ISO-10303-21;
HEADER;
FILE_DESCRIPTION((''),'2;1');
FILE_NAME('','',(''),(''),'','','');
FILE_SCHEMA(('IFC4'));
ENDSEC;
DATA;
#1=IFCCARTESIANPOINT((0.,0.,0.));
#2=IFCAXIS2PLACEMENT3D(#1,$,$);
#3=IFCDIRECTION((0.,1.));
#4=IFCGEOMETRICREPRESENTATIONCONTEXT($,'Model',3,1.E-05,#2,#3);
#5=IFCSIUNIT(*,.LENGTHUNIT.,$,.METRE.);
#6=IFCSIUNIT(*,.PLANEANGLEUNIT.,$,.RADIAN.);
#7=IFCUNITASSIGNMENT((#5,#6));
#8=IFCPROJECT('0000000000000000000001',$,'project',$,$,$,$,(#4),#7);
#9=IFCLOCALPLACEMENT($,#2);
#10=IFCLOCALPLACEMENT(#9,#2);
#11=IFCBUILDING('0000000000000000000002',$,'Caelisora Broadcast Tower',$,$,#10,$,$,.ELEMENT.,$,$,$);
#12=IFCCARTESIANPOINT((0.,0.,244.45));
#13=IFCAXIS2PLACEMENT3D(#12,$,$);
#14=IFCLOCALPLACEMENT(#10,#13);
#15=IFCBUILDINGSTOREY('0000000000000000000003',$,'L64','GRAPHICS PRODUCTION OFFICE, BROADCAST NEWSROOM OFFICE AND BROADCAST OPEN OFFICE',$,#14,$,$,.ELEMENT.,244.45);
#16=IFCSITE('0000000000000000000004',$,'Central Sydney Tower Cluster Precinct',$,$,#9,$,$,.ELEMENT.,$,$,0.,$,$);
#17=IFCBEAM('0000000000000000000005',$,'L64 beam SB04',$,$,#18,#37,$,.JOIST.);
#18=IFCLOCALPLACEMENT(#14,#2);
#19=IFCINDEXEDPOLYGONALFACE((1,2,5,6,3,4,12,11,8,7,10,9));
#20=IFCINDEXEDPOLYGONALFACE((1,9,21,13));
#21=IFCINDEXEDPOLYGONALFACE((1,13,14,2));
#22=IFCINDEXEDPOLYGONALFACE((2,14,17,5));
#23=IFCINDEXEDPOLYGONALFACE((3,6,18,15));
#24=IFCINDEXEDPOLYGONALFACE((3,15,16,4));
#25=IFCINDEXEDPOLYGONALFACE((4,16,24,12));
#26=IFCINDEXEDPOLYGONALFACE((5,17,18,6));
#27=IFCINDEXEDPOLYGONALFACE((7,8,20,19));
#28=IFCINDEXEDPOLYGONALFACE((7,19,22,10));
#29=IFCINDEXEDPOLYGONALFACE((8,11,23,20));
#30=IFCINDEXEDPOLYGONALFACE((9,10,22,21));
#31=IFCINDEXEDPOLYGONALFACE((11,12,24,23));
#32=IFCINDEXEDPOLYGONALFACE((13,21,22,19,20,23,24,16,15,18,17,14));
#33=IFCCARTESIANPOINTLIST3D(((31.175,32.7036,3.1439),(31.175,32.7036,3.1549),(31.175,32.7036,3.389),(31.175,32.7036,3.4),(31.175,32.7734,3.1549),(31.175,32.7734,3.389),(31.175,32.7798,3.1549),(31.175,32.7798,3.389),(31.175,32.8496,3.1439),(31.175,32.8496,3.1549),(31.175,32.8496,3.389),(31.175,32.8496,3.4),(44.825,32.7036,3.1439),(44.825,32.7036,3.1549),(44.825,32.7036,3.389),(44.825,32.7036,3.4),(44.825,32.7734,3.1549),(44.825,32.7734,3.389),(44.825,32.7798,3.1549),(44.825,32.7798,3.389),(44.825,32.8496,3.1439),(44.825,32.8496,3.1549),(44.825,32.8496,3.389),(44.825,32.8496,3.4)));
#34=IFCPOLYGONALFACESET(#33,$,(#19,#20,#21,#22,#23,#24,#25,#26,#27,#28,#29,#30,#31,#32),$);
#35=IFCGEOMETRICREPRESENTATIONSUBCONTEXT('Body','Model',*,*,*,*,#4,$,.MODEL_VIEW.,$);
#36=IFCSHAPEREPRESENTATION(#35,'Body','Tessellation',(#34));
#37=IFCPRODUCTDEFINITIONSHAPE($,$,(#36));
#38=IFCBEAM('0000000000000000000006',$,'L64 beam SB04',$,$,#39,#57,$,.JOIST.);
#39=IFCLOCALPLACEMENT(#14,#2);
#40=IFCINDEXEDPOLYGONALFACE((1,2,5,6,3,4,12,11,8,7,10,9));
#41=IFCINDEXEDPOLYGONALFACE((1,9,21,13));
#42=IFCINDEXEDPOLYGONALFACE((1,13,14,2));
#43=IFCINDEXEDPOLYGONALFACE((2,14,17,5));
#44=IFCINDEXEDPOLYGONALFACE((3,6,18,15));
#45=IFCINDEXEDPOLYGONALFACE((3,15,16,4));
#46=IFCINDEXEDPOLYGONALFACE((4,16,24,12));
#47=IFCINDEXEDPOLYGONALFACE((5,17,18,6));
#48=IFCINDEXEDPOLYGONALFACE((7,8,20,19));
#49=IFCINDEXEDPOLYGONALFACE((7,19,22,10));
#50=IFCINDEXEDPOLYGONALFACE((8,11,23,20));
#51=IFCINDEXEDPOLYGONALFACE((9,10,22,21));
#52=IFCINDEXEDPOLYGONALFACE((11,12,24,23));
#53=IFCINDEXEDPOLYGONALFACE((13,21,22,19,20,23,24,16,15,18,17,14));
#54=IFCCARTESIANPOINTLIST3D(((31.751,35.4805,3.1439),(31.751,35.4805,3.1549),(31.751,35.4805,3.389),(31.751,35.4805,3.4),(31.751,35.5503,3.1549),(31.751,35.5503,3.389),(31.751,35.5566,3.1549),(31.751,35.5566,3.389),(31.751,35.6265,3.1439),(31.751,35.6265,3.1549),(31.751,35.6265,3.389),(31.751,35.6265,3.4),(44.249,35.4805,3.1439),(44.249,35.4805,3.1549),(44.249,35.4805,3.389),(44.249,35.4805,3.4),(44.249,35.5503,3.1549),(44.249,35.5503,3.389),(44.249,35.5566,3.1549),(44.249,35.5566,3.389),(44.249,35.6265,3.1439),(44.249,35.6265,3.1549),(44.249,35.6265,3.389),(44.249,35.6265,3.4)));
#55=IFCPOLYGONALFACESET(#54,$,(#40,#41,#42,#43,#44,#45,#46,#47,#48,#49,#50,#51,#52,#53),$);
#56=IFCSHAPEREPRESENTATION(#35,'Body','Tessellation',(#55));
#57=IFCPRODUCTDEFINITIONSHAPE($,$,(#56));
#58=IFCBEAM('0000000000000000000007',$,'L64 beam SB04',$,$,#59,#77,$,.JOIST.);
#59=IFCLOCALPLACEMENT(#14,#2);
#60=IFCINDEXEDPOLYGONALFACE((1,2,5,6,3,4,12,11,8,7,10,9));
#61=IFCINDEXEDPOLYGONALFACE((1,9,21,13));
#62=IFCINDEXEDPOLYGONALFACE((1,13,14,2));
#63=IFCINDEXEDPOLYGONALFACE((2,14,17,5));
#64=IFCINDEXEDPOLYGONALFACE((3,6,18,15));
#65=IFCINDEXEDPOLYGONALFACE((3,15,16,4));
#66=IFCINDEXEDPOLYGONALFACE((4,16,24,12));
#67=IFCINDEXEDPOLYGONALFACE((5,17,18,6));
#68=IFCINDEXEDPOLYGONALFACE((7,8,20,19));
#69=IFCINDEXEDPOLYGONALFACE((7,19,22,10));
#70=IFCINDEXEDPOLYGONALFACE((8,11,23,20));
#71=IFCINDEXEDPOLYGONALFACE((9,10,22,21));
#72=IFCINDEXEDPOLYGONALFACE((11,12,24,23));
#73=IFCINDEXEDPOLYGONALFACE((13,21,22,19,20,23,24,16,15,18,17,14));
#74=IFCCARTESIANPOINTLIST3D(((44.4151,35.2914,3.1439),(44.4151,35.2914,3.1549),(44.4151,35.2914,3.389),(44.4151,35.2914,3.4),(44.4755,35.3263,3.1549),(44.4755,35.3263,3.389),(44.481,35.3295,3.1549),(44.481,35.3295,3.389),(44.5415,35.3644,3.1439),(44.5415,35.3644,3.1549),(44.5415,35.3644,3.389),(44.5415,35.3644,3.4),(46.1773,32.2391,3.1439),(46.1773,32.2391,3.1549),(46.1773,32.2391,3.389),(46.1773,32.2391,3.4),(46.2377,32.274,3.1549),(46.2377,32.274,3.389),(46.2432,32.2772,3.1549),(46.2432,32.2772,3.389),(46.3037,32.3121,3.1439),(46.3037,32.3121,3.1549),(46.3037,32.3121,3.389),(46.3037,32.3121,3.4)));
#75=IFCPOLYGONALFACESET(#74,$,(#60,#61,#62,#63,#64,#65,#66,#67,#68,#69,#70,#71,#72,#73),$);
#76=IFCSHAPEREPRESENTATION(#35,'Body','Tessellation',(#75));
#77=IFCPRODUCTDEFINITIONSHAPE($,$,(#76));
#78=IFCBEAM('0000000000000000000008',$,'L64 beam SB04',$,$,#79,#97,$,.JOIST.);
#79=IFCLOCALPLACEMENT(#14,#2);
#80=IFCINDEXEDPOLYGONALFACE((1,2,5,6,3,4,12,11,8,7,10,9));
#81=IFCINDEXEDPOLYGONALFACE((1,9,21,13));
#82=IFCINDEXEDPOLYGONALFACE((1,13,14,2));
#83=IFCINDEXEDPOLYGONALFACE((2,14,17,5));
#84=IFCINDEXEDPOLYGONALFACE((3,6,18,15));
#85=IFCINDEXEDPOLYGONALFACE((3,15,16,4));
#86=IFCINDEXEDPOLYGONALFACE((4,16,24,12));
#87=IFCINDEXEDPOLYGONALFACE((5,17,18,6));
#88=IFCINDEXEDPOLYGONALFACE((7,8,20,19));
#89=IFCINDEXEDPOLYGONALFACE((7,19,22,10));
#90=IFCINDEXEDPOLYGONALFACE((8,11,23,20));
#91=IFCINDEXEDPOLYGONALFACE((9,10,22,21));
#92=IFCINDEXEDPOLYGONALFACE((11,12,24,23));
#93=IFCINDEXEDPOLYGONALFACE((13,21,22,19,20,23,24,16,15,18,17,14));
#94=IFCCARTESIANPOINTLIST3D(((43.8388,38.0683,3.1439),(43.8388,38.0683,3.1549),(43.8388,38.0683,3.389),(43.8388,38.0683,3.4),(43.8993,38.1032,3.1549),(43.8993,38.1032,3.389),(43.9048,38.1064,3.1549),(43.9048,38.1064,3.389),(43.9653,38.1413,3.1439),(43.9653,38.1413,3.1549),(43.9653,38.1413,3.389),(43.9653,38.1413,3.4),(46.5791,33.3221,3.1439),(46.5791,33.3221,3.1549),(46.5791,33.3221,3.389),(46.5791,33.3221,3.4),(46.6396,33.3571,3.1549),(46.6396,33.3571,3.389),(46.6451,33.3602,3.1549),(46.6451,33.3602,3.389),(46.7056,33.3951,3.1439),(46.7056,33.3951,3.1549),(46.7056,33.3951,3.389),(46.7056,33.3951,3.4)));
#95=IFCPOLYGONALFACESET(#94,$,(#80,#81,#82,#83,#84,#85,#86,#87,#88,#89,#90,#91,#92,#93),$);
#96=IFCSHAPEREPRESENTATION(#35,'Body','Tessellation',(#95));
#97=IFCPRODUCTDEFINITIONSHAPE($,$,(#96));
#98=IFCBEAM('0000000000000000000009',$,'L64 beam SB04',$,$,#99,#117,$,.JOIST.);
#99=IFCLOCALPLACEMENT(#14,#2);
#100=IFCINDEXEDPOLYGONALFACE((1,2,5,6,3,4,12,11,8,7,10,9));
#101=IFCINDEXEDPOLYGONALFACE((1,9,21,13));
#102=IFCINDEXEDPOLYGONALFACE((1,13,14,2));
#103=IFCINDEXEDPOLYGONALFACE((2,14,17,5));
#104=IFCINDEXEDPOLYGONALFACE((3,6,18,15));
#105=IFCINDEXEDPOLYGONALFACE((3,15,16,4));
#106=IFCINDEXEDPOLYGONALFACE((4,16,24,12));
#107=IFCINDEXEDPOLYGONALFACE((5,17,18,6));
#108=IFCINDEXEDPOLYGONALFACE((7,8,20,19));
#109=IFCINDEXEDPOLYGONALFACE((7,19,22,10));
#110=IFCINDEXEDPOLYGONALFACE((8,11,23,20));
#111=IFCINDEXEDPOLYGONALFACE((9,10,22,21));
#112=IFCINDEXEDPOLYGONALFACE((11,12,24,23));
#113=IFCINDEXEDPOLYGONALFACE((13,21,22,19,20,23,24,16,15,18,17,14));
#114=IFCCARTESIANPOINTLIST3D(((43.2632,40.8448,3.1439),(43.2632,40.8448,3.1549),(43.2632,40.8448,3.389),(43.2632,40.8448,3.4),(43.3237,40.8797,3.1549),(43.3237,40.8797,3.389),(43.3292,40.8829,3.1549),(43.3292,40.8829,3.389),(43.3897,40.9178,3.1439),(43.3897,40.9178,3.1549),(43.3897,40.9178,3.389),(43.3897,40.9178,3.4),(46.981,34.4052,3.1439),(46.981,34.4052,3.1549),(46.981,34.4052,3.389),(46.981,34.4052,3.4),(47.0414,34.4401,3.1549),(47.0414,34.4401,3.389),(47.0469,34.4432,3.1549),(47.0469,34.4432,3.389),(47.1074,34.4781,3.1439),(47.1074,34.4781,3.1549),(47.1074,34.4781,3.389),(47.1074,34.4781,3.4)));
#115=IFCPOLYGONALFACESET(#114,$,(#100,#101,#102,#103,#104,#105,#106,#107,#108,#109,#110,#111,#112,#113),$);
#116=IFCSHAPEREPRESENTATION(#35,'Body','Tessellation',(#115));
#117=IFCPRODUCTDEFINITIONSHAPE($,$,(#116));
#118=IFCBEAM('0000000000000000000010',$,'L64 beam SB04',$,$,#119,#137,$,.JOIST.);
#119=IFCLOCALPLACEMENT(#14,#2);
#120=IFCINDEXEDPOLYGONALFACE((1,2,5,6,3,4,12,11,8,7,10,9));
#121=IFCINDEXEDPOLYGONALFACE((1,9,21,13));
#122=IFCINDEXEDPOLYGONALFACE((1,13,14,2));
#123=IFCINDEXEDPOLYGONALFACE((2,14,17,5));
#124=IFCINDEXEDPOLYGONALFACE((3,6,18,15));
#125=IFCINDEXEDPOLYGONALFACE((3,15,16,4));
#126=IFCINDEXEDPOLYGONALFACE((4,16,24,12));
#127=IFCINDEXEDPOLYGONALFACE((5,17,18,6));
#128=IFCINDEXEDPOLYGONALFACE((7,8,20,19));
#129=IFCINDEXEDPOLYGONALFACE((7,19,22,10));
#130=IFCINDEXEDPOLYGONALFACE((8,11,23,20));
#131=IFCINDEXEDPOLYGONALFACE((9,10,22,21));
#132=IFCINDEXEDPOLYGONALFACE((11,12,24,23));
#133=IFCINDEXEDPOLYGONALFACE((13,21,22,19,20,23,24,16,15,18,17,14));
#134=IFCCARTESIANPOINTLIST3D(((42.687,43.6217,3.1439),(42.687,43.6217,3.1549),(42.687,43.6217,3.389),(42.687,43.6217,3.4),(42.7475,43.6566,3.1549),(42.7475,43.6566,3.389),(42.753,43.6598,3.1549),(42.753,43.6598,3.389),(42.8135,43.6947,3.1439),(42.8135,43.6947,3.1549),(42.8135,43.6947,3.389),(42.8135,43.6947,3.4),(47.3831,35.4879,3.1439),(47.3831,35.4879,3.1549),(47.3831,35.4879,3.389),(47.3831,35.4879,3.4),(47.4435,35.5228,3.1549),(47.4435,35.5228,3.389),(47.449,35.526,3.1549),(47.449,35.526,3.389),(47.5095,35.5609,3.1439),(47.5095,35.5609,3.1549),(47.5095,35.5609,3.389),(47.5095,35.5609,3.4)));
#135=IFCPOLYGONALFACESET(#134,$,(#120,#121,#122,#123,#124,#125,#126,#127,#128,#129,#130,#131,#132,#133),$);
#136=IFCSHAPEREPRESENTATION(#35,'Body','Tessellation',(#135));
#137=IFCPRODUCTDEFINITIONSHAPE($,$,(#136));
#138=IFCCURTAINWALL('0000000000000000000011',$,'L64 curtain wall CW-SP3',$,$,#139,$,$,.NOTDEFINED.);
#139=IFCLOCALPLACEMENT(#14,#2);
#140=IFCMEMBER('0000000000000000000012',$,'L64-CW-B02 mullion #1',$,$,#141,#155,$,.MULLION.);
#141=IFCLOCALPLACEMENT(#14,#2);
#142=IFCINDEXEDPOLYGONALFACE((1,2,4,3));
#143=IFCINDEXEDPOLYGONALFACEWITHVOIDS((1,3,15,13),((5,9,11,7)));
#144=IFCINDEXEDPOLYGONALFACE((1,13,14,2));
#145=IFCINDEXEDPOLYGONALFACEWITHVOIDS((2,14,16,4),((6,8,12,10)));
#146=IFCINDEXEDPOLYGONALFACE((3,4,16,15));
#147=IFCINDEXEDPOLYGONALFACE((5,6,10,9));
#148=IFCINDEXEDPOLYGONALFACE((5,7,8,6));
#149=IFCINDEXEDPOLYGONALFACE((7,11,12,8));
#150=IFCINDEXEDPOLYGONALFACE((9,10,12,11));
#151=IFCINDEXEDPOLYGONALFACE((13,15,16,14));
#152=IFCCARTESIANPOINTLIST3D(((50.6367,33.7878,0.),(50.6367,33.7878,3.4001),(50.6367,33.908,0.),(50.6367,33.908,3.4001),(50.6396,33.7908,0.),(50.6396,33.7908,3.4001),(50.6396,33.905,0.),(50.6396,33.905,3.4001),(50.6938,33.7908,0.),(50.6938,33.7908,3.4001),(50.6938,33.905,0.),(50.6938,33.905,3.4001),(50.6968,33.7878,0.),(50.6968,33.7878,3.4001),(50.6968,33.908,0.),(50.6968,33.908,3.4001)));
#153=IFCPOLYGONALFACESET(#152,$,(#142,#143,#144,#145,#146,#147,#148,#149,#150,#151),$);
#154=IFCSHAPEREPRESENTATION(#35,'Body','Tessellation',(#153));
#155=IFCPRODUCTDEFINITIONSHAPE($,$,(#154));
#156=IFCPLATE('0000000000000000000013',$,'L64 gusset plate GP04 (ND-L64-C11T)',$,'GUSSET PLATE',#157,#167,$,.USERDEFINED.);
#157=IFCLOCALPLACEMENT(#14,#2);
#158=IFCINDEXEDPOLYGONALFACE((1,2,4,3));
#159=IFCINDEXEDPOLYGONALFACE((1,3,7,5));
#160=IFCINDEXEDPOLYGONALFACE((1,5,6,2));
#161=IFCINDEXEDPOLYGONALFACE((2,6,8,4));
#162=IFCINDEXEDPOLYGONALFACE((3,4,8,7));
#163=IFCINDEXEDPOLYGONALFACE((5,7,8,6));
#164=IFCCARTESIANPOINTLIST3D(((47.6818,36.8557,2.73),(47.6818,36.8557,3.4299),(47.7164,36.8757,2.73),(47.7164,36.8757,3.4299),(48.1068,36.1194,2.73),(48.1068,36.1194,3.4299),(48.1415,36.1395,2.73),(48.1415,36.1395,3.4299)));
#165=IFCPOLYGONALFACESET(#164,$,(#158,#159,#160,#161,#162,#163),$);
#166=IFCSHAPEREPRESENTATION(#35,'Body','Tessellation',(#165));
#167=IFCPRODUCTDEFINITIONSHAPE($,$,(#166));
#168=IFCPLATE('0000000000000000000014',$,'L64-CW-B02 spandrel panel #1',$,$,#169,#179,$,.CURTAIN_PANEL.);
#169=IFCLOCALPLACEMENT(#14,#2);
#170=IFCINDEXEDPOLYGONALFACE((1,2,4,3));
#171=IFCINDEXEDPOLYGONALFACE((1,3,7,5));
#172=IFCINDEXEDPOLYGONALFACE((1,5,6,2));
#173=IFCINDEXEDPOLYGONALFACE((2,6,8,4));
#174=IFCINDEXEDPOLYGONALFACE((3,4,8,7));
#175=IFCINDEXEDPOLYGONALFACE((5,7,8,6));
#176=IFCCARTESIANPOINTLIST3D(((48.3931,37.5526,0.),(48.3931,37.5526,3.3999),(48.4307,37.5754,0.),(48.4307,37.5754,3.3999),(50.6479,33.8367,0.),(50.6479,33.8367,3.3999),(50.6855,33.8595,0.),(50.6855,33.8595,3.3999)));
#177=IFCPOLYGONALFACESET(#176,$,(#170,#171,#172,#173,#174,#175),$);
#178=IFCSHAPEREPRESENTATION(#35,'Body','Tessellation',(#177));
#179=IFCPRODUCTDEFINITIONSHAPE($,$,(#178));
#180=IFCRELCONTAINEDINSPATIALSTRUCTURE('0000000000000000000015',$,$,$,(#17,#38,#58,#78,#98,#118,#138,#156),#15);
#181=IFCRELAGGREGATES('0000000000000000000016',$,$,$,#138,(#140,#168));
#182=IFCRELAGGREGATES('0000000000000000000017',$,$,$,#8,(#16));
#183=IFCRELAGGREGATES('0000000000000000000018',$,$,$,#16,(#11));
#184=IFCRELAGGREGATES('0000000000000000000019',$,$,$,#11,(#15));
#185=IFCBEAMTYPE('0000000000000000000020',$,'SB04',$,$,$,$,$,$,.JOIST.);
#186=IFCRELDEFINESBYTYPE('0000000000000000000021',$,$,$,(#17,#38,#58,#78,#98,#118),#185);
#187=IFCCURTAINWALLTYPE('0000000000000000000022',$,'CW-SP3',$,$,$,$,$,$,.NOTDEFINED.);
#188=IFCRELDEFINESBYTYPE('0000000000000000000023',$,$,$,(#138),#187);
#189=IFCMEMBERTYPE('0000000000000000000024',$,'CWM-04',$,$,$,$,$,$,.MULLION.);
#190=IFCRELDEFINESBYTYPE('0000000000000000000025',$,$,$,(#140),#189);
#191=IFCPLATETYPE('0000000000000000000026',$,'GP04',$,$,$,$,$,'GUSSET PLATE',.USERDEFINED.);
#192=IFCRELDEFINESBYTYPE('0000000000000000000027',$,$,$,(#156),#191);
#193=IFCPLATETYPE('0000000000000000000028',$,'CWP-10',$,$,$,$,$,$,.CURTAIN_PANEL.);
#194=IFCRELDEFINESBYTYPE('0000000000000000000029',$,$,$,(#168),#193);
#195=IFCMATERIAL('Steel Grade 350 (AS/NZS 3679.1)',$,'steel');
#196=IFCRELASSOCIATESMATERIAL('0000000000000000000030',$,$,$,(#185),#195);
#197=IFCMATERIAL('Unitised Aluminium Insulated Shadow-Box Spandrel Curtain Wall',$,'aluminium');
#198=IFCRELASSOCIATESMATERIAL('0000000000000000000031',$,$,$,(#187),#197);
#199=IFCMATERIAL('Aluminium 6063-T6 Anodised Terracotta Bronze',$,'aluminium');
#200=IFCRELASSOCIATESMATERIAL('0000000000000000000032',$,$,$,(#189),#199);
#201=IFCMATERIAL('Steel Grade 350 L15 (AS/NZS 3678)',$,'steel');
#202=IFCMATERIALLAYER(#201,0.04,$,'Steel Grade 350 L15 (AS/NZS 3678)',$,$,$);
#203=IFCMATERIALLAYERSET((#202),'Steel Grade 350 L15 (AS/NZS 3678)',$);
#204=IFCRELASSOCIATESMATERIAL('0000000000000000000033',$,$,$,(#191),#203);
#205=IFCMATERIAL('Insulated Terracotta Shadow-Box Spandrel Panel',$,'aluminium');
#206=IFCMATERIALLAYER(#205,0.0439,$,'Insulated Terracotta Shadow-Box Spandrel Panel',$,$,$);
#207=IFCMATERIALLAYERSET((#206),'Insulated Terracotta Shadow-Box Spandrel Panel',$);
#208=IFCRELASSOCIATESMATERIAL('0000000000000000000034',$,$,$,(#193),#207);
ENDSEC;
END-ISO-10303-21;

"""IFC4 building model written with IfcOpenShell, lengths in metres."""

from ifc_helpers import new_model, si_unit, direction, frame, origin, origin_2d, place, context, subcontext, project, spatial, rectangle, hollow_rectangle, i_section, extrude, source, transform, mapped, material, layer, layer_set, material_profile, profile_set, type_object, type_shapes, element, aggregate, save


model = new_model("IFC4")

# Units and contexts
model_context = context("Model", 3, precision=1e-05, world=origin(), true_north=direction((0.0, 1.0)))
body_context = subcontext(model_context, "Body", "Model", "MODEL_VIEW")
ifc_project = project(units=[si_unit("LENGTHUNIT", "METRE"), si_unit("PLANEANGLEUNIT", "RADIAN")], contexts=[model_context])

# Site, building, storey
site_placement = place(None, origin())
site = spatial("IfcSite", under=ifc_project, at=site_placement, Name="Central Sydney Tower Cluster Precinct", CompositionType="ELEMENT", RefElevation=0.0)
building_placement = place(site_placement, origin())
building = spatial("IfcBuilding", under=site, at=building_placement, Name="Caelisora Broadcast Tower", CompositionType="ELEMENT")
storey_placement = place(building_placement, frame((0.0, 0.0, 244.45)))
storey = spatial("IfcBuildingStorey", under=building, at=storey_placement, Name="L64", Description="GRAPHICS PRODUCTION OFFICE, BROADCAST NEWSROOM OFFICE AND BROADCAST OPEN OFFICE", CompositionType="ELEMENT", Elevation=244.45)

# Beams
ifc_material_1 = material(Name="Steel Grade 350 (AS/NZS 3679.1)", Category="steel")
ifc_material_profile_1 = material_profile(ifc_material_1, i_section(OverallWidth=0.146, OverallDepth=0.2561, WebThickness=0.0063, FlangeThickness=0.011, at=origin_2d()), Name="Steel Grade 350 (AS/NZS 3679.1)")
ifc_profile_set_1 = profile_set([ifc_material_profile_1], Name="Steel Grade 350 (AS/NZS 3679.1)")
beam_type = type_object("IfcBeamType", Name="SB04", PredefinedType="JOIST", material=ifc_profile_set_1)
shared_shape_1 = source(origin(), body_context, "Body", "SweptSolid", [
    extrude(i_section(OverallWidth=0.146, OverallDepth=0.2561, WebThickness=0.0063, FlangeThickness=0.011, at=origin_2d()), origin(), (0.0, 0.0, 1.0), 13.6499),
])
beam_1_placement = place(storey_placement, frame((44.825, 32.7766, 3.272), z_axis=(-1.0, 0.0, 0.0), x_axis=(0.0, -1.0, 0.0)))
element("IfcBeam", 1, at=beam_1_placement, inside=storey, type_object=beam_type, Name="L64 beam SB04", PredefinedType="JOIST", context=body_context, shape_type="MappedRepresentation", body=[
    mapped(shared_shape_1, transform((0.0, 0.0, 0.0), scale=1.0)),
])
shared_shape_2 = source(origin(), body_context, "Body", "SweptSolid", [
    extrude(i_section(OverallWidth=0.146, OverallDepth=0.2561, WebThickness=0.0063, FlangeThickness=0.011, at=origin_2d()), origin(), (0.0, 0.0, 1.0), 12.498),
])
beam_2_placement = place(storey_placement, frame((44.249, 35.5535, 3.272), z_axis=(-1.0, 0.0, 0.0), x_axis=(0.0, -1.0, 0.0)))
element("IfcBeam", 2, at=beam_2_placement, inside=storey, type_object=beam_type, Name="L64 beam SB04", PredefinedType="JOIST", context=body_context, shape_type="MappedRepresentation", body=[
    mapped(shared_shape_2, transform((0.0, 0.0, 0.0), scale=1.0)),
])
shared_shape_3 = source(origin(), body_context, "Body", "SweptSolid", [
    extrude(i_section(OverallWidth=0.146, OverallDepth=0.2561, WebThickness=0.0063, FlangeThickness=0.011, at=origin_2d()), origin(), (0.0, 0.0, 1.0), 3.5244),
])
beam_3_placement = place(storey_placement, frame((46.2405, 32.2756, 3.272), z_axis=(-0.499998, 0.866026, 0.0), x_axis=(-0.866026, -0.499998, 0.0)))
element("IfcBeam", 3, at=beam_3_placement, inside=storey, type_object=beam_type, Name="L64 beam SB04", PredefinedType="JOIST", context=body_context, shape_type="MappedRepresentation", body=[
    mapped(shared_shape_3, transform((0.0, 0.0, 0.0), scale=1.0)),
])
shared_shape_4 = source(origin(), body_context, "Body", "SweptSolid", [
    extrude(i_section(OverallWidth=0.146, OverallDepth=0.2561, WebThickness=0.0063, FlangeThickness=0.011, at=origin_2d()), origin(), (0.0, 0.0, 1.0), 5.4805),
])
beam_4_placement = place(storey_placement, frame((46.6423, 33.3586, 3.272), z_axis=(-0.50001, 0.866019, 0.0), x_axis=(-0.866019, -0.50001, 0.0)))
element("IfcBeam", 4, at=beam_4_placement, inside=storey, type_object=beam_type, Name="L64 beam SB04", PredefinedType="JOIST", context=body_context, shape_type="MappedRepresentation", body=[
    mapped(shared_shape_4, transform((0.0, 0.0, 0.0), scale=1.0)),
])
shared_shape_5 = source(origin(), body_context, "Body", "SweptSolid", [
    extrude(i_section(OverallWidth=0.146, OverallDepth=0.2561, WebThickness=0.0063, FlangeThickness=0.011, at=origin_2d()), origin(), (0.0, 0.0, 1.0), 7.4358),
])
beam_5_placement = place(storey_placement, frame((47.0442, 34.4417, 3.272), z_axis=(-0.499981, 0.866036, 0.0), x_axis=(-0.866036, -0.499981, 0.0)))
element("IfcBeam", 5, at=beam_5_placement, inside=storey, type_object=beam_type, Name="L64 beam SB04", PredefinedType="JOIST", context=body_context, shape_type="MappedRepresentation", body=[
    mapped(shared_shape_5, transform((0.0, 0.0, 0.0), scale=1.0)),
])
shared_shape_6 = source(origin(), body_context, "Body", "SweptSolid", [
    extrude(i_section(OverallWidth=0.146, OverallDepth=0.2561, WebThickness=0.0063, FlangeThickness=0.011, at=origin_2d()), origin(), (0.0, 0.0, 1.0), 9.3921),
])
type_shapes(beam_type, [shared_shape_1, shared_shape_2, shared_shape_3, shared_shape_4, shared_shape_5, shared_shape_6])
beam_6_placement = place(storey_placement, frame((47.4463, 35.5244, 3.272), z_axis=(-0.5, 0.866025, 0.0), x_axis=(-0.866025, -0.5, 0.0)))
element("IfcBeam", 6, at=beam_6_placement, inside=storey, type_object=beam_type, Name="L64 beam SB04", PredefinedType="JOIST", context=body_context, shape_type="MappedRepresentation", body=[
    mapped(shared_shape_6, transform((0.0, 0.0, 0.0), scale=1.0)),
])

# Curtain wall, member
ifc_material_2 = material(Name="Unitised Aluminium Insulated Shadow-Box Spandrel Curtain Wall", Category="aluminium")
curtain_wall_type = type_object("IfcCurtainWallType", Name="CW-SP3", PredefinedType="NOTDEFINED", material=ifc_material_2)
curtain_wall_placement = place(storey_placement, origin())
curtain_wall = element("IfcCurtainWall", 7, at=curtain_wall_placement, inside=storey, type_object=curtain_wall_type, Name="L64 curtain wall CW-SP3", PredefinedType="NOTDEFINED")
ifc_material_3 = material(Name="Aluminium 6063-T6 Anodised Terracotta Bronze", Category="aluminium")
ifc_material_profile_2 = material_profile(ifc_material_3, hollow_rectangle(XDim=0.0601, YDim=0.1201, WallThickness=0.0029, at=origin_2d()), Name="Aluminium 6063-T6 Anodised Terracotta Bronze")
ifc_profile_set_2 = profile_set([ifc_material_profile_2], Name="Aluminium 6063-T6 Anodised Terracotta Bronze")
member_type = type_object("IfcMemberType", Name="CWM-04", PredefinedType="MULLION", material=ifc_profile_set_2)
shared_shape_7 = source(origin(), body_context, "Body", "SweptSolid", [
    extrude(hollow_rectangle(XDim=0.0601, YDim=0.1201, WallThickness=0.0029, at=origin_2d()), origin(), (0.0, 0.0, 1.0), 3.4001),
])
type_shapes(member_type, [shared_shape_7])
member_placement = place(storey_placement, frame((50.6667, 33.8479, 0.0), z_axis=(0.0, 0.0, 1.0), x_axis=(1.0, 0.0, 0.0)))
member = element("IfcMember", 8, at=member_placement, type_object=member_type, Name="L64-CW-B02 mullion #1", PredefinedType="MULLION", context=body_context, shape_type="MappedRepresentation", body=[
    mapped(shared_shape_7, transform((0.0, 0.0, 0.0), scale=1.0)),
])

# Plates
ifc_material_4 = material(Name="Steel Grade 350 L15 (AS/NZS 3678)", Category="steel")
ifc_layer_1 = layer(ifc_material_4, 0.04, Name="Steel Grade 350 L15 (AS/NZS 3678)")
ifc_layer_set_1 = layer_set([ifc_layer_1], Name="Steel Grade 350 L15 (AS/NZS 3678)")
plate_type_1 = type_object("IfcPlateType", Name="GP04", ElementType="GUSSET PLATE", PredefinedType="USERDEFINED", material=ifc_layer_set_1)
shared_shape_8 = source(origin(), body_context, "Body", "SweptSolid", [
    extrude(rectangle(XDim=0.8501, YDim=0.04, at=origin_2d()), origin(), (0.0, 0.0, 1.0), 0.7),
])
type_shapes(plate_type_1, [shared_shape_8])
plate_1_placement = place(storey_placement, frame((47.9116, 36.4976, 2.73), z_axis=(0.0, 0.0, 1.0), x_axis=(-0.5, 0.866025, 0.0)))
element("IfcPlate", 9, at=plate_1_placement, inside=storey, type_object=plate_type_1, Name="L64 gusset plate GP04 (ND-L64-C11T)", ObjectType="GUSSET PLATE", PredefinedType="USERDEFINED", context=body_context, shape_type="MappedRepresentation", body=[
    mapped(shared_shape_8, transform((0.0, 0.0, 0.0), scale=1.0)),
])
ifc_material_5 = material(Name="Insulated Terracotta Shadow-Box Spandrel Panel", Category="aluminium")
ifc_layer_2 = layer(ifc_material_5, 0.0439, Name="Insulated Terracotta Shadow-Box Spandrel Panel")
ifc_layer_set_2 = layer_set([ifc_layer_2], Name="Insulated Terracotta Shadow-Box Spandrel Panel")
plate_type_2 = type_object("IfcPlateType", Name="CWP-10", PredefinedType="CURTAIN_PANEL", material=ifc_layer_set_2)
shared_shape_9 = source(origin(), body_context, "Body", "SweptSolid", [
    extrude(rectangle(XDim=4.3464, YDim=0.0439, at=origin_2d()), origin(), (0.0, 0.0, 1.0), 3.3999),
])
type_shapes(plate_type_2, [shared_shape_9])
plate_2_placement = place(storey_placement, frame((49.5393, 35.7061, 0.0), z_axis=(0.0, 0.0, 1.0), x_axis=(0.518773, -0.854912, 0.0)))
plate_2 = element("IfcPlate", 10, at=plate_2_placement, type_object=plate_type_2, Name="L64-CW-B02 spandrel panel #1", PredefinedType="CURTAIN_PANEL", context=body_context, shape_type="MappedRepresentation", body=[
    mapped(shared_shape_9, transform((0.0, 0.0, 0.0), scale=1.0)),
])
aggregate(curtain_wall, [member, plate_2])

save(model, "model.ifc")
